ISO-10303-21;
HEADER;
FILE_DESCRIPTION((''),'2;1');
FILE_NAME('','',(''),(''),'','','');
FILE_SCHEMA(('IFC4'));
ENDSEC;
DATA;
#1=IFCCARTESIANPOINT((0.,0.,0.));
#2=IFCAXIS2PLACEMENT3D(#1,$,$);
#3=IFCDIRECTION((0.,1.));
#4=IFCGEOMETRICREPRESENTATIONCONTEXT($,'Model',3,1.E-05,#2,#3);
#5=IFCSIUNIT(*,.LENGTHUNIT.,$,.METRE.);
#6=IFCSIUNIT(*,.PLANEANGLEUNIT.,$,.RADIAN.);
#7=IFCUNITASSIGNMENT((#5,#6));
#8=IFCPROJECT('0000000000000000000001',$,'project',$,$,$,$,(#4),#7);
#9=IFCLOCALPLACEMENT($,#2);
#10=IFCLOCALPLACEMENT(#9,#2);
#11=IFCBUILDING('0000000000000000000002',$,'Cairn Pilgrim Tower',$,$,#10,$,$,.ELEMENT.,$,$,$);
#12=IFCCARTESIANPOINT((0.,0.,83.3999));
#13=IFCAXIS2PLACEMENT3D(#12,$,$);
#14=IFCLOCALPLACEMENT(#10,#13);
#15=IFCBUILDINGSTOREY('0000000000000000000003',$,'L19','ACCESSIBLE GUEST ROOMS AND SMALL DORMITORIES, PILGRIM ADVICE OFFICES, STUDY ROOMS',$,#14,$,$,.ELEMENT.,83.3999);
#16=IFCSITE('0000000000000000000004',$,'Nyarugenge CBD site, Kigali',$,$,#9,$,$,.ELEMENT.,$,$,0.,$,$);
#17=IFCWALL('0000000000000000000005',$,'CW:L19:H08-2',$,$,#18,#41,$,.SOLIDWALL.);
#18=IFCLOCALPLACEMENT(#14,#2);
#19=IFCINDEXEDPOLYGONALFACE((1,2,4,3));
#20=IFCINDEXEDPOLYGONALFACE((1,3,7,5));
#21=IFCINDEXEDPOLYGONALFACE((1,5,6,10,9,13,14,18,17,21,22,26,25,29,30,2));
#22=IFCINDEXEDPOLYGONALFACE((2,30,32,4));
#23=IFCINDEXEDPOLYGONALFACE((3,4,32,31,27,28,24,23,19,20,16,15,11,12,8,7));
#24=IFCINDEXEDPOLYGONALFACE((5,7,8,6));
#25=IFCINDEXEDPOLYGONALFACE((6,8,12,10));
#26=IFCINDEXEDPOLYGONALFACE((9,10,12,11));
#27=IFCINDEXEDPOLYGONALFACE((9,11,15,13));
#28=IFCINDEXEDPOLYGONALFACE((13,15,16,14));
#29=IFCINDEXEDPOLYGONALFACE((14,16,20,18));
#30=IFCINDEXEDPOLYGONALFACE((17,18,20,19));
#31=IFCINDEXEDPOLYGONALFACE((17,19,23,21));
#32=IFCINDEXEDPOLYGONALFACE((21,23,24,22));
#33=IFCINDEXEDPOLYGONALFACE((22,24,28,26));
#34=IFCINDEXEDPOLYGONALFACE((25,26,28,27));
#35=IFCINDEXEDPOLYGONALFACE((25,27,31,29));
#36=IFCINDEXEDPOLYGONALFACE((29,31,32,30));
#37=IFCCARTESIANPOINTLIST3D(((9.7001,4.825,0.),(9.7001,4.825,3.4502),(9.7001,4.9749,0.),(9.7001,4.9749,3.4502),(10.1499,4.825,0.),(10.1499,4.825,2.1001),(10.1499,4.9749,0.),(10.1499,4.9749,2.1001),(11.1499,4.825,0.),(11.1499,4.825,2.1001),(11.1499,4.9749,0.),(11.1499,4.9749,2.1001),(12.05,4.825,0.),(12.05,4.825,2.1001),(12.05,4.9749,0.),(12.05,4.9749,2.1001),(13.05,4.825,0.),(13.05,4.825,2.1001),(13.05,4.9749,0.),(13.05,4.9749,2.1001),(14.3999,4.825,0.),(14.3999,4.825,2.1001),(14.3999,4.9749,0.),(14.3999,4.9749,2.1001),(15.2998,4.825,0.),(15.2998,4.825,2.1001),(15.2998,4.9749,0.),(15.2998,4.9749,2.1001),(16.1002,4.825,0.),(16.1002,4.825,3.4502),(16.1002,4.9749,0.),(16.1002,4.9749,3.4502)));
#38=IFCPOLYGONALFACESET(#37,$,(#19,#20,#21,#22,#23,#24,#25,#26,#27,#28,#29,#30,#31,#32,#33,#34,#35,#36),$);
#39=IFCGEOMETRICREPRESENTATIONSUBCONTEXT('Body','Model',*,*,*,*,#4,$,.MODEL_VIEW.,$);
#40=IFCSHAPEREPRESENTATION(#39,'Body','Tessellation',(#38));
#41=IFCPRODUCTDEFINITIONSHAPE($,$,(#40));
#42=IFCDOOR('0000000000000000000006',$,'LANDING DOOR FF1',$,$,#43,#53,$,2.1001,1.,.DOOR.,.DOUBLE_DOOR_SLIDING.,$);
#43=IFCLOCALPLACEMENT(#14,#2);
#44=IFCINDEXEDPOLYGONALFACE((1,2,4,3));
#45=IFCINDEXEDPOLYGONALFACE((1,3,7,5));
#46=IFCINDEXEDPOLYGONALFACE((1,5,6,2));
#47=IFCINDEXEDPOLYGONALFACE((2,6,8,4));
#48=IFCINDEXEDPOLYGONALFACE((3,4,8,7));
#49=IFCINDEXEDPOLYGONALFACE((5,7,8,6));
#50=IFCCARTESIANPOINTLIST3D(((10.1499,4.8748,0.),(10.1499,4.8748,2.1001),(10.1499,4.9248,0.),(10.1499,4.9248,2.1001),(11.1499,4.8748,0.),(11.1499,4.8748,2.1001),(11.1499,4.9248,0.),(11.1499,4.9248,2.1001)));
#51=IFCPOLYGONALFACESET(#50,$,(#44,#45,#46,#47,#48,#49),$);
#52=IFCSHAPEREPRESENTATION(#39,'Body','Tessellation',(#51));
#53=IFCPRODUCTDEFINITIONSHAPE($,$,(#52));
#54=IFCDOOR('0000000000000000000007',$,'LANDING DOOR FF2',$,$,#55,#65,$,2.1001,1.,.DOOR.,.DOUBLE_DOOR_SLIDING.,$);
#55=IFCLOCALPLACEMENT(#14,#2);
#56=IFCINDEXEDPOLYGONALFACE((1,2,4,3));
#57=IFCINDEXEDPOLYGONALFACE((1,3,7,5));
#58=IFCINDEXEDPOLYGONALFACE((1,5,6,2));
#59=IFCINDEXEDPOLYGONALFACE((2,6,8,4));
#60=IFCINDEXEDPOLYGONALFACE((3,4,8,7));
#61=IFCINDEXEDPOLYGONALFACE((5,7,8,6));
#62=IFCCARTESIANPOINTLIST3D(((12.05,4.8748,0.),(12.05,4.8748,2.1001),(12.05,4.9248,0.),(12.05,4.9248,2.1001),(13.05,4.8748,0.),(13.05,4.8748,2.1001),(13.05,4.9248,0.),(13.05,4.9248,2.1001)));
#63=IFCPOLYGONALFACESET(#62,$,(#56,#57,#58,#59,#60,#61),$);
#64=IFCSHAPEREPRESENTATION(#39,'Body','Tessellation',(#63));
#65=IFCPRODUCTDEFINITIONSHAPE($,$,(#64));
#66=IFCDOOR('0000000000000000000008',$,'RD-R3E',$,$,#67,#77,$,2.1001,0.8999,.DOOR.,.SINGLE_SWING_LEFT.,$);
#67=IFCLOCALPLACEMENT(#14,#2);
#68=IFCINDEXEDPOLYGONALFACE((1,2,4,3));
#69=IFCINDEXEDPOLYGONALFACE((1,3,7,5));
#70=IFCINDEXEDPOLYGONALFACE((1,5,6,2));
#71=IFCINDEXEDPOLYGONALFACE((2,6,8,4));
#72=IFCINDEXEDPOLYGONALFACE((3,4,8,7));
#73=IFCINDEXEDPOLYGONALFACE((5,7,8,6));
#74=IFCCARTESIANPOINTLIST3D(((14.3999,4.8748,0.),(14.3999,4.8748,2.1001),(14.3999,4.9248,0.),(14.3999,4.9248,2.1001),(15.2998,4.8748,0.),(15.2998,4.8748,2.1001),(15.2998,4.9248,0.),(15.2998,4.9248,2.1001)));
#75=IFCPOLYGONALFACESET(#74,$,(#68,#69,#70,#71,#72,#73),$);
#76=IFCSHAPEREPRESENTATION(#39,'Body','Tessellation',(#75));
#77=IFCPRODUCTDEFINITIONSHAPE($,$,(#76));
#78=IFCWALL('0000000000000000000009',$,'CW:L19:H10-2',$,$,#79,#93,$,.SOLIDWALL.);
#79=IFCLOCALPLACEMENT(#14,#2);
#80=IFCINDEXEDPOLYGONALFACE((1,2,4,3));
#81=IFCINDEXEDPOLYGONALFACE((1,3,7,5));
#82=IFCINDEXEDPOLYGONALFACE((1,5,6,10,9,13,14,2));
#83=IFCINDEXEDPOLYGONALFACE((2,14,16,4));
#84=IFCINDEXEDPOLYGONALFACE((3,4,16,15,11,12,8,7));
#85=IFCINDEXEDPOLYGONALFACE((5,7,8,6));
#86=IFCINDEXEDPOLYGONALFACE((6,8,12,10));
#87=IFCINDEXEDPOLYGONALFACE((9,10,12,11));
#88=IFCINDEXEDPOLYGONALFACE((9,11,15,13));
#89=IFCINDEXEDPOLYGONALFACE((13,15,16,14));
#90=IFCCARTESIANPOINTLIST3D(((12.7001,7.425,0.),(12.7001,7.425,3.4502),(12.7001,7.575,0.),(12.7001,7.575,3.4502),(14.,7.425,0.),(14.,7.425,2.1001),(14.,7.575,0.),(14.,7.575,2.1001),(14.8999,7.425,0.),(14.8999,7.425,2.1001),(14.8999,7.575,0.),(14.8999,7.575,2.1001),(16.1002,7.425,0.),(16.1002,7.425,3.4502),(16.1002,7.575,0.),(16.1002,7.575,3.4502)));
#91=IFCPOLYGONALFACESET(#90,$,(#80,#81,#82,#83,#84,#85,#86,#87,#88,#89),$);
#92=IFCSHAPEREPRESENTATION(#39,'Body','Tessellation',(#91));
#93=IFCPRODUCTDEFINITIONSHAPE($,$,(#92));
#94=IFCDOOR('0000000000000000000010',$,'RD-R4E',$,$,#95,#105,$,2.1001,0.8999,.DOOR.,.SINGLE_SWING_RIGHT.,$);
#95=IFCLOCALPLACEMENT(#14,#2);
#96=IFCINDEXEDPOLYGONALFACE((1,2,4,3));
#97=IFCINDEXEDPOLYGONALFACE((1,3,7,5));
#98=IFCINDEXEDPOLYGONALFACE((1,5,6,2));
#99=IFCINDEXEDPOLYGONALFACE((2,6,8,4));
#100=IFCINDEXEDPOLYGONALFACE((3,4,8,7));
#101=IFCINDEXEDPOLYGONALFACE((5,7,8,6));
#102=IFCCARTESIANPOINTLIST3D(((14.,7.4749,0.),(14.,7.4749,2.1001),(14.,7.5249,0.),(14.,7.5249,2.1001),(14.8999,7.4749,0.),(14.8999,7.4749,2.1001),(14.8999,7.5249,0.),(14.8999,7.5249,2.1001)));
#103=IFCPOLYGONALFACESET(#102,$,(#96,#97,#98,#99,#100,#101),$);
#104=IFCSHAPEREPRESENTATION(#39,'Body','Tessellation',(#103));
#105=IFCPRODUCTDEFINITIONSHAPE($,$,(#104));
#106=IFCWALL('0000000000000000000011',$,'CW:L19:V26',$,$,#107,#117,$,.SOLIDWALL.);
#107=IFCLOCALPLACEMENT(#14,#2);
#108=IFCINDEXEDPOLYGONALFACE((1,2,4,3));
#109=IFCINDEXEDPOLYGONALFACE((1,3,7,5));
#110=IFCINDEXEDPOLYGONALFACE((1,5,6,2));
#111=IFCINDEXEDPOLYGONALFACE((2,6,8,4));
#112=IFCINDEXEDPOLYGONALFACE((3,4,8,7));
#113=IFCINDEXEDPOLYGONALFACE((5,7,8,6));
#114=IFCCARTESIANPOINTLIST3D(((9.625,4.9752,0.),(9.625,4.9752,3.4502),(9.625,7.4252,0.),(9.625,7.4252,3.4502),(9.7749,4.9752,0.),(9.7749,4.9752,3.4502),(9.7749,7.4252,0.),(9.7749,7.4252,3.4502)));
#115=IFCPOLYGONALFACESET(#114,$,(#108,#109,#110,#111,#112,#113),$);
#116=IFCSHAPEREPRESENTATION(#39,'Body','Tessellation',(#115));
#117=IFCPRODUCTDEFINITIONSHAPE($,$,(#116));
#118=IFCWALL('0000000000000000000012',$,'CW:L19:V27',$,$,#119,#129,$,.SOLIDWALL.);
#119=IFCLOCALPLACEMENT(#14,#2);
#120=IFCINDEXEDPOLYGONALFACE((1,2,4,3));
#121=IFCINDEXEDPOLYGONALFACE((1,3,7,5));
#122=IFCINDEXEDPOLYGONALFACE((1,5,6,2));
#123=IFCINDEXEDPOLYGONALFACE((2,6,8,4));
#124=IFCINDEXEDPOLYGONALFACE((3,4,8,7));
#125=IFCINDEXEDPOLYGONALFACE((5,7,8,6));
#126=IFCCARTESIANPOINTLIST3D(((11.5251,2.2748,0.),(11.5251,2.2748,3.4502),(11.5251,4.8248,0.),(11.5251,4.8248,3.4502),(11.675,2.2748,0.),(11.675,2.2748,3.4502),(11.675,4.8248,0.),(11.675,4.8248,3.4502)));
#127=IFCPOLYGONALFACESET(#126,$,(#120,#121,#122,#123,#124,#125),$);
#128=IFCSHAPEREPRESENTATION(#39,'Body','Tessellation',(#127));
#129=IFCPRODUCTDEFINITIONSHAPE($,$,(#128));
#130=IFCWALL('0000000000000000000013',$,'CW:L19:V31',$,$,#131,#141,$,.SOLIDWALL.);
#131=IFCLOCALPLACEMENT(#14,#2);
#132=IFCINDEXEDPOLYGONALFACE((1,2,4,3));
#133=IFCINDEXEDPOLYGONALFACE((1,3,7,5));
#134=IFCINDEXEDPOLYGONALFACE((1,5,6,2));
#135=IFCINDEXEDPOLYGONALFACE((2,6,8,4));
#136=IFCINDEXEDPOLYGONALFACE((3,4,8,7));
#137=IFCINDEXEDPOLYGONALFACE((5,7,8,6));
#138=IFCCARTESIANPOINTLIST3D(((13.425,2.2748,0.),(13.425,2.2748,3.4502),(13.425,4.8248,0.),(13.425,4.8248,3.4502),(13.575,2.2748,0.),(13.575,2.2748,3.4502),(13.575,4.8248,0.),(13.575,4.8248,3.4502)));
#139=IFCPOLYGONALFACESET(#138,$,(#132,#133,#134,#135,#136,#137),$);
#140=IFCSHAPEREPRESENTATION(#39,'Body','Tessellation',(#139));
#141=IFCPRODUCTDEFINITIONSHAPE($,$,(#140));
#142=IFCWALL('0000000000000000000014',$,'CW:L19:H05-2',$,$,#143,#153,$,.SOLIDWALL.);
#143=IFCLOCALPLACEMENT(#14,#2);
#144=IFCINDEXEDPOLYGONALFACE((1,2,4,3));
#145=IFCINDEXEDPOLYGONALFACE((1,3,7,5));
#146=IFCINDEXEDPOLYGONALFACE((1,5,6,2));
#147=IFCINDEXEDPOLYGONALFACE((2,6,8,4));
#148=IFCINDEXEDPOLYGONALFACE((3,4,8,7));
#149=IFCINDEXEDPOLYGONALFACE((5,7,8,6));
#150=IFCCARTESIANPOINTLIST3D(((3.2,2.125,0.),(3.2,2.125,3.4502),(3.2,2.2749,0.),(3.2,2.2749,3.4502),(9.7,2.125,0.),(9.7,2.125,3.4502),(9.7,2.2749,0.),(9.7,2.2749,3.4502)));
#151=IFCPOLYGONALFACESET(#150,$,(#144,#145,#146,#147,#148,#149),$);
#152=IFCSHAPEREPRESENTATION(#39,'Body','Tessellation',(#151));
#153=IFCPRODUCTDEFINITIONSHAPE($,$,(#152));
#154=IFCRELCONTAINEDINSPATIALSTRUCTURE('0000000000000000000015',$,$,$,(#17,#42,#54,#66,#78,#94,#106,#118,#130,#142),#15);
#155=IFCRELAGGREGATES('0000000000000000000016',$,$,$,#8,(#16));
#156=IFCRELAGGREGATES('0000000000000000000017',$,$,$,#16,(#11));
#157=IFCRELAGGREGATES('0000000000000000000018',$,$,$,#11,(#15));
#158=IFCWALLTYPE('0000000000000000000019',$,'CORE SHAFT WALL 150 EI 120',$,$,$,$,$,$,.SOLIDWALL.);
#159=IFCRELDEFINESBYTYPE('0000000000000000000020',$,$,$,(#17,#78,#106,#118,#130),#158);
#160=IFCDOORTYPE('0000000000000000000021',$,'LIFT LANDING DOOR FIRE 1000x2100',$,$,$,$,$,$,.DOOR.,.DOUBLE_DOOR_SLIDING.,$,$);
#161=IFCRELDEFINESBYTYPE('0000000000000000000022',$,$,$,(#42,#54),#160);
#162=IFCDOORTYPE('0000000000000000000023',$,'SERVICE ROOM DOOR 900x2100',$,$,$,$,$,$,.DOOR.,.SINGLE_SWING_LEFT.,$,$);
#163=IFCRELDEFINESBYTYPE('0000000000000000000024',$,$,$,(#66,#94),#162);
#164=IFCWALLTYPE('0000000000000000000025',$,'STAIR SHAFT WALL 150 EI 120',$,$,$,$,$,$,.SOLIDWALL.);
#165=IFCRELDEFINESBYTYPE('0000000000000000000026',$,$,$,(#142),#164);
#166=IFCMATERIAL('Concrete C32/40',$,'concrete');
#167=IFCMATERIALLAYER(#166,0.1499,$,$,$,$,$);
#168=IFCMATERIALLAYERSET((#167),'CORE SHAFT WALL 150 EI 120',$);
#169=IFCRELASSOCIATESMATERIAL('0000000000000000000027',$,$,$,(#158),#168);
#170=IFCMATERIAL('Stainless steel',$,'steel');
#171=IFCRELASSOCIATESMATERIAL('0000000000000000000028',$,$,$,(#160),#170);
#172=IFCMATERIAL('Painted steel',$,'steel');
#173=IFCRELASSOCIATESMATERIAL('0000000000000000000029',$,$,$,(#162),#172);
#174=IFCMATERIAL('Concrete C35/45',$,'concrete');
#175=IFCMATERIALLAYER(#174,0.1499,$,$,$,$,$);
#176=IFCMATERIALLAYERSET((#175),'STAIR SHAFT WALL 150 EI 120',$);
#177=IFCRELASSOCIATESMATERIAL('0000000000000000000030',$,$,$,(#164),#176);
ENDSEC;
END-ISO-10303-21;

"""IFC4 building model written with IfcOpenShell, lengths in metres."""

from ifc_helpers import new_model, si_unit, direction, frame, frame_2d, origin, place, context, subcontext, project, spatial, rectangle, extrude, material, layer, layer_set, type_object, element, fill, save


model = new_model("IFC4")

# Units and contexts
model_context = context("Model", 3, precision=1e-05, world=origin(), true_north=direction((0.0, 1.0)))
body_context = subcontext(model_context, "Body", "Model", "MODEL_VIEW")
ifc_project = project(units=[si_unit("LENGTHUNIT", "METRE"), si_unit("PLANEANGLEUNIT", "RADIAN")], contexts=[model_context])

# Site, building, storey
site_placement = place(None, origin())
site = spatial("IfcSite", under=ifc_project, at=site_placement, Name="Nyarugenge CBD site, Kigali", CompositionType="ELEMENT", RefElevation=0.0)
building_placement = place(site_placement, origin())
building = spatial("IfcBuilding", under=site, at=building_placement, Name="Cairn Pilgrim Tower", CompositionType="ELEMENT")
storey_placement = place(building_placement, frame((0.0, 0.0, 83.3999)))
storey = spatial("IfcBuildingStorey", under=building, at=storey_placement, Name="L19", Description="ACCESSIBLE GUEST ROOMS AND SMALL DORMITORIES, PILGRIM ADVICE OFFICES, STUDY ROOMS", CompositionType="ELEMENT", Elevation=83.3999)

# Shared definitions
ifc_material_1 = material(Name="Concrete C32/40", Category="concrete")
ifc_layer_1 = layer(ifc_material_1, 0.1499)
ifc_layer_set_1 = layer_set([ifc_layer_1], Name="CORE SHAFT WALL 150 EI 120")
wall_type_1 = type_object("IfcWallType", Name="CORE SHAFT WALL 150 EI 120", PredefinedType="SOLIDWALL", material=ifc_layer_set_1)

# Wall, openings, doors
wall_1_placement = place(storey_placement, frame((9.7, 4.8999, 0.0), z_axis=(0.0, 0.0, 1.0), x_axis=(1.0, 0.0, 0.0)))
wall_1 = element("IfcWall", 1, at=wall_1_placement, inside=storey, type_object=wall_type_1, Name="CW:L19:H08-2", PredefinedType="SOLIDWALL", context=body_context, shape_type="SweptSolid", body=[
    extrude(rectangle(XDim=6.4001, YDim=0.1499, at=frame_2d((3.2002, 0.0))), origin(), (0.0, 0.0, 1.0), 3.4502),
])
opening_1_placement = place(wall_1_placement, frame((0.45, 0.0, 0.0)))
opening_1 = element("IfcOpeningElement", 2, at=opening_1_placement, cuts=wall_1, PredefinedType="OPENING", context=body_context, shape_type="SweptSolid", body=[
    extrude(rectangle(XDim=1.0, YDim=2.1001, at=frame_2d((0.5, 1.05))), frame((0.0, 0.085, 0.0), z_axis=(0.0, -1.0, 0.0), x_axis=(1.0, 0.0, 0.0)), (0.0, 0.0, 1.0), 0.1699),
])
opening_2_placement = place(wall_1_placement, frame((2.3501, 0.0, 0.0)))
opening_2 = element("IfcOpeningElement", 3, at=opening_2_placement, cuts=wall_1, PredefinedType="OPENING", context=body_context, shape_type="SweptSolid", body=[
    extrude(rectangle(XDim=1.0, YDim=2.1001, at=frame_2d((0.5, 1.05))), frame((0.0, 0.085, 0.0), z_axis=(0.0, -1.0, 0.0), x_axis=(1.0, 0.0, 0.0)), (0.0, 0.0, 1.0), 0.1699),
])
opening_3_placement = place(wall_1_placement, frame((4.7, 0.0, 0.0)))
opening_3 = element("IfcOpeningElement", 4, at=opening_3_placement, cuts=wall_1, PredefinedType="OPENING", context=body_context, shape_type="SweptSolid", body=[
    extrude(rectangle(XDim=0.8999, YDim=2.1001, at=frame_2d((0.45, 1.05))), frame((0.0, 0.085, 0.0), z_axis=(0.0, -1.0, 0.0), x_axis=(1.0, 0.0, 0.0)), (0.0, 0.0, 1.0), 0.1699),
])
ifc_material_2 = material(Name="Stainless steel", Category="steel")
door_type_1 = type_object("IfcDoorType", Name="LIFT LANDING DOOR FIRE 1000x2100", OperationType="DOUBLE_DOOR_SLIDING", PredefinedType="DOOR", material=ifc_material_2)
door_1_placement = place(opening_1_placement, origin())
door_1 = element("IfcDoor", 5, at=door_1_placement, inside=storey, type_object=door_type_1, Name="LANDING DOOR FF1", OperationType="DOUBLE_DOOR_SLIDING", OverallHeight=2.1001, OverallWidth=1.0, PredefinedType="DOOR", context=body_context, shape_type="SweptSolid", body=[
    extrude(rectangle(XDim=1.0, YDim=2.1001, at=frame_2d((0.5, 1.05))), frame((0.0, 0.0249, 0.0), z_axis=(0.0, -1.0, 0.0), x_axis=(1.0, 0.0, 0.0)), (0.0, 0.0, 1.0), 0.05),
])
fill(opening_1, door_1)
door_2_placement = place(opening_2_placement, origin())
door_2 = element("IfcDoor", 6, at=door_2_placement, inside=storey, type_object=door_type_1, Name="LANDING DOOR FF2", OperationType="DOUBLE_DOOR_SLIDING", OverallHeight=2.1001, OverallWidth=1.0, PredefinedType="DOOR", context=body_context, shape_type="SweptSolid", body=[
    extrude(rectangle(XDim=1.0, YDim=2.1001, at=frame_2d((0.5, 1.05))), frame((0.0, 0.0249, 0.0), z_axis=(0.0, -1.0, 0.0), x_axis=(1.0, 0.0, 0.0)), (0.0, 0.0, 1.0), 0.05),
])
fill(opening_2, door_2)
ifc_material_3 = material(Name="Painted steel", Category="steel")
door_type_2 = type_object("IfcDoorType", Name="SERVICE ROOM DOOR 900x2100", OperationType="SINGLE_SWING_LEFT", PredefinedType="DOOR", material=ifc_material_3)
door_3_placement = place(opening_3_placement, origin())
door_3 = element("IfcDoor", 7, at=door_3_placement, inside=storey, type_object=door_type_2, Name="RD-R3E", OperationType="SINGLE_SWING_LEFT", OverallHeight=2.1001, OverallWidth=0.8999, PredefinedType="DOOR", context=body_context, shape_type="SweptSolid", body=[
    extrude(rectangle(XDim=0.8999, YDim=2.1001, at=frame_2d((0.45, 1.05))), frame((0.0, 0.0249, 0.0), z_axis=(0.0, -1.0, 0.0), x_axis=(1.0, 0.0, 0.0)), (0.0, 0.0, 1.0), 0.05),
])
fill(opening_3, door_3)

# Wall, opening, door
wall_2_placement = place(storey_placement, frame((12.7, 7.5, 0.0), z_axis=(0.0, 0.0, 1.0), x_axis=(1.0, 0.0, 0.0)))
wall_2 = element("IfcWall", 8, at=wall_2_placement, inside=storey, type_object=wall_type_1, Name="CW:L19:H10-2", PredefinedType="SOLIDWALL", context=body_context, shape_type="SweptSolid", body=[
    extrude(rectangle(XDim=3.4001, YDim=0.1499, at=frame_2d((1.7002, 0.0))), origin(), (0.0, 0.0, 1.0), 3.4502),
])
opening_4_placement = place(wall_2_placement, frame((1.3, 0.0, 0.0)))
opening_4 = element("IfcOpeningElement", 9, at=opening_4_placement, cuts=wall_2, PredefinedType="OPENING", context=body_context, shape_type="SweptSolid", body=[
    extrude(rectangle(XDim=0.8999, YDim=2.1001, at=frame_2d((0.45, 1.05))), frame((0.0, 0.085, 0.0), z_axis=(0.0, -1.0, 0.0), x_axis=(1.0, 0.0, 0.0)), (0.0, 0.0, 1.0), 0.1699),
])
door_4_placement = place(opening_4_placement, origin())
door_4 = element("IfcDoor", 10, at=door_4_placement, inside=storey, type_object=door_type_2, Name="RD-R4E", OperationType="SINGLE_SWING_RIGHT", OverallHeight=2.1001, OverallWidth=0.8999, PredefinedType="DOOR", context=body_context, shape_type="SweptSolid", body=[
    extrude(rectangle(XDim=0.8999, YDim=2.1001, at=frame_2d((0.45, 1.05))), frame((0.0, 0.0249, 0.0), z_axis=(0.0, -1.0, 0.0), x_axis=(1.0, 0.0, 0.0)), (0.0, 0.0, 1.0), 0.05),
])
fill(opening_4, door_4)

# Walls
wall_3_placement = place(storey_placement, frame((9.7, 4.9751, 0.0), z_axis=(0.0, 0.0, 1.0), x_axis=(0.0, 1.0, 0.0)))
element("IfcWall", 11, at=wall_3_placement, inside=storey, type_object=wall_type_1, Name="CW:L19:V26", PredefinedType="SOLIDWALL", context=body_context, shape_type="SweptSolid", body=[
    extrude(rectangle(XDim=2.45, YDim=0.1499, at=frame_2d((1.2251, 0.0))), origin(), (0.0, 0.0, 1.0), 3.4502),
])
for number, where, z_axis, x_axis, name in (
    (12, (11.6001, 2.2749, 0.0), (0.0, 0.0, 1.0), (0.0, 1.0, 0.0), "CW:L19:V27"),
    (13, (13.5, 2.2749, 0.0), (0.0, 0.0, 1.0), (0.0, 1.0, 0.0), "CW:L19:V31"),
):
    element("IfcWall", number, at=place(storey_placement, frame(where, z_axis=z_axis, x_axis=x_axis)), inside=storey, type_object=wall_type_1, Name=name, PredefinedType="SOLIDWALL", context=body_context, shape_type="SweptSolid", body=[
        extrude(rectangle(XDim=2.55, YDim=0.1499, at=frame_2d((1.2749, 0.0))), origin(), (0.0, 0.0, 1.0), 3.4502),
    ])
ifc_material_4 = material(Name="Concrete C35/45", Category="concrete")
ifc_layer_2 = layer(ifc_material_4, 0.1499)
ifc_layer_set_2 = layer_set([ifc_layer_2], Name="STAIR SHAFT WALL 150 EI 120")
wall_type_2 = type_object("IfcWallType", Name="STAIR SHAFT WALL 150 EI 120", PredefinedType="SOLIDWALL", material=ifc_layer_set_2)
wall_4_placement = place(storey_placement, frame((3.2, 2.2, 0.0), z_axis=(0.0, 0.0, 1.0), x_axis=(1.0, 0.0, 0.0)))
element("IfcWall", 14, at=wall_4_placement, inside=storey, type_object=wall_type_2, Name="CW:L19:H05-2", PredefinedType="SOLIDWALL", context=body_context, shape_type="SweptSolid", body=[
    extrude(rectangle(XDim=6.5, YDim=0.1499, at=frame_2d((3.25, 0.0))), origin(), (0.0, 0.0, 1.0), 3.4502),
])

save(model, "model.ifc")
